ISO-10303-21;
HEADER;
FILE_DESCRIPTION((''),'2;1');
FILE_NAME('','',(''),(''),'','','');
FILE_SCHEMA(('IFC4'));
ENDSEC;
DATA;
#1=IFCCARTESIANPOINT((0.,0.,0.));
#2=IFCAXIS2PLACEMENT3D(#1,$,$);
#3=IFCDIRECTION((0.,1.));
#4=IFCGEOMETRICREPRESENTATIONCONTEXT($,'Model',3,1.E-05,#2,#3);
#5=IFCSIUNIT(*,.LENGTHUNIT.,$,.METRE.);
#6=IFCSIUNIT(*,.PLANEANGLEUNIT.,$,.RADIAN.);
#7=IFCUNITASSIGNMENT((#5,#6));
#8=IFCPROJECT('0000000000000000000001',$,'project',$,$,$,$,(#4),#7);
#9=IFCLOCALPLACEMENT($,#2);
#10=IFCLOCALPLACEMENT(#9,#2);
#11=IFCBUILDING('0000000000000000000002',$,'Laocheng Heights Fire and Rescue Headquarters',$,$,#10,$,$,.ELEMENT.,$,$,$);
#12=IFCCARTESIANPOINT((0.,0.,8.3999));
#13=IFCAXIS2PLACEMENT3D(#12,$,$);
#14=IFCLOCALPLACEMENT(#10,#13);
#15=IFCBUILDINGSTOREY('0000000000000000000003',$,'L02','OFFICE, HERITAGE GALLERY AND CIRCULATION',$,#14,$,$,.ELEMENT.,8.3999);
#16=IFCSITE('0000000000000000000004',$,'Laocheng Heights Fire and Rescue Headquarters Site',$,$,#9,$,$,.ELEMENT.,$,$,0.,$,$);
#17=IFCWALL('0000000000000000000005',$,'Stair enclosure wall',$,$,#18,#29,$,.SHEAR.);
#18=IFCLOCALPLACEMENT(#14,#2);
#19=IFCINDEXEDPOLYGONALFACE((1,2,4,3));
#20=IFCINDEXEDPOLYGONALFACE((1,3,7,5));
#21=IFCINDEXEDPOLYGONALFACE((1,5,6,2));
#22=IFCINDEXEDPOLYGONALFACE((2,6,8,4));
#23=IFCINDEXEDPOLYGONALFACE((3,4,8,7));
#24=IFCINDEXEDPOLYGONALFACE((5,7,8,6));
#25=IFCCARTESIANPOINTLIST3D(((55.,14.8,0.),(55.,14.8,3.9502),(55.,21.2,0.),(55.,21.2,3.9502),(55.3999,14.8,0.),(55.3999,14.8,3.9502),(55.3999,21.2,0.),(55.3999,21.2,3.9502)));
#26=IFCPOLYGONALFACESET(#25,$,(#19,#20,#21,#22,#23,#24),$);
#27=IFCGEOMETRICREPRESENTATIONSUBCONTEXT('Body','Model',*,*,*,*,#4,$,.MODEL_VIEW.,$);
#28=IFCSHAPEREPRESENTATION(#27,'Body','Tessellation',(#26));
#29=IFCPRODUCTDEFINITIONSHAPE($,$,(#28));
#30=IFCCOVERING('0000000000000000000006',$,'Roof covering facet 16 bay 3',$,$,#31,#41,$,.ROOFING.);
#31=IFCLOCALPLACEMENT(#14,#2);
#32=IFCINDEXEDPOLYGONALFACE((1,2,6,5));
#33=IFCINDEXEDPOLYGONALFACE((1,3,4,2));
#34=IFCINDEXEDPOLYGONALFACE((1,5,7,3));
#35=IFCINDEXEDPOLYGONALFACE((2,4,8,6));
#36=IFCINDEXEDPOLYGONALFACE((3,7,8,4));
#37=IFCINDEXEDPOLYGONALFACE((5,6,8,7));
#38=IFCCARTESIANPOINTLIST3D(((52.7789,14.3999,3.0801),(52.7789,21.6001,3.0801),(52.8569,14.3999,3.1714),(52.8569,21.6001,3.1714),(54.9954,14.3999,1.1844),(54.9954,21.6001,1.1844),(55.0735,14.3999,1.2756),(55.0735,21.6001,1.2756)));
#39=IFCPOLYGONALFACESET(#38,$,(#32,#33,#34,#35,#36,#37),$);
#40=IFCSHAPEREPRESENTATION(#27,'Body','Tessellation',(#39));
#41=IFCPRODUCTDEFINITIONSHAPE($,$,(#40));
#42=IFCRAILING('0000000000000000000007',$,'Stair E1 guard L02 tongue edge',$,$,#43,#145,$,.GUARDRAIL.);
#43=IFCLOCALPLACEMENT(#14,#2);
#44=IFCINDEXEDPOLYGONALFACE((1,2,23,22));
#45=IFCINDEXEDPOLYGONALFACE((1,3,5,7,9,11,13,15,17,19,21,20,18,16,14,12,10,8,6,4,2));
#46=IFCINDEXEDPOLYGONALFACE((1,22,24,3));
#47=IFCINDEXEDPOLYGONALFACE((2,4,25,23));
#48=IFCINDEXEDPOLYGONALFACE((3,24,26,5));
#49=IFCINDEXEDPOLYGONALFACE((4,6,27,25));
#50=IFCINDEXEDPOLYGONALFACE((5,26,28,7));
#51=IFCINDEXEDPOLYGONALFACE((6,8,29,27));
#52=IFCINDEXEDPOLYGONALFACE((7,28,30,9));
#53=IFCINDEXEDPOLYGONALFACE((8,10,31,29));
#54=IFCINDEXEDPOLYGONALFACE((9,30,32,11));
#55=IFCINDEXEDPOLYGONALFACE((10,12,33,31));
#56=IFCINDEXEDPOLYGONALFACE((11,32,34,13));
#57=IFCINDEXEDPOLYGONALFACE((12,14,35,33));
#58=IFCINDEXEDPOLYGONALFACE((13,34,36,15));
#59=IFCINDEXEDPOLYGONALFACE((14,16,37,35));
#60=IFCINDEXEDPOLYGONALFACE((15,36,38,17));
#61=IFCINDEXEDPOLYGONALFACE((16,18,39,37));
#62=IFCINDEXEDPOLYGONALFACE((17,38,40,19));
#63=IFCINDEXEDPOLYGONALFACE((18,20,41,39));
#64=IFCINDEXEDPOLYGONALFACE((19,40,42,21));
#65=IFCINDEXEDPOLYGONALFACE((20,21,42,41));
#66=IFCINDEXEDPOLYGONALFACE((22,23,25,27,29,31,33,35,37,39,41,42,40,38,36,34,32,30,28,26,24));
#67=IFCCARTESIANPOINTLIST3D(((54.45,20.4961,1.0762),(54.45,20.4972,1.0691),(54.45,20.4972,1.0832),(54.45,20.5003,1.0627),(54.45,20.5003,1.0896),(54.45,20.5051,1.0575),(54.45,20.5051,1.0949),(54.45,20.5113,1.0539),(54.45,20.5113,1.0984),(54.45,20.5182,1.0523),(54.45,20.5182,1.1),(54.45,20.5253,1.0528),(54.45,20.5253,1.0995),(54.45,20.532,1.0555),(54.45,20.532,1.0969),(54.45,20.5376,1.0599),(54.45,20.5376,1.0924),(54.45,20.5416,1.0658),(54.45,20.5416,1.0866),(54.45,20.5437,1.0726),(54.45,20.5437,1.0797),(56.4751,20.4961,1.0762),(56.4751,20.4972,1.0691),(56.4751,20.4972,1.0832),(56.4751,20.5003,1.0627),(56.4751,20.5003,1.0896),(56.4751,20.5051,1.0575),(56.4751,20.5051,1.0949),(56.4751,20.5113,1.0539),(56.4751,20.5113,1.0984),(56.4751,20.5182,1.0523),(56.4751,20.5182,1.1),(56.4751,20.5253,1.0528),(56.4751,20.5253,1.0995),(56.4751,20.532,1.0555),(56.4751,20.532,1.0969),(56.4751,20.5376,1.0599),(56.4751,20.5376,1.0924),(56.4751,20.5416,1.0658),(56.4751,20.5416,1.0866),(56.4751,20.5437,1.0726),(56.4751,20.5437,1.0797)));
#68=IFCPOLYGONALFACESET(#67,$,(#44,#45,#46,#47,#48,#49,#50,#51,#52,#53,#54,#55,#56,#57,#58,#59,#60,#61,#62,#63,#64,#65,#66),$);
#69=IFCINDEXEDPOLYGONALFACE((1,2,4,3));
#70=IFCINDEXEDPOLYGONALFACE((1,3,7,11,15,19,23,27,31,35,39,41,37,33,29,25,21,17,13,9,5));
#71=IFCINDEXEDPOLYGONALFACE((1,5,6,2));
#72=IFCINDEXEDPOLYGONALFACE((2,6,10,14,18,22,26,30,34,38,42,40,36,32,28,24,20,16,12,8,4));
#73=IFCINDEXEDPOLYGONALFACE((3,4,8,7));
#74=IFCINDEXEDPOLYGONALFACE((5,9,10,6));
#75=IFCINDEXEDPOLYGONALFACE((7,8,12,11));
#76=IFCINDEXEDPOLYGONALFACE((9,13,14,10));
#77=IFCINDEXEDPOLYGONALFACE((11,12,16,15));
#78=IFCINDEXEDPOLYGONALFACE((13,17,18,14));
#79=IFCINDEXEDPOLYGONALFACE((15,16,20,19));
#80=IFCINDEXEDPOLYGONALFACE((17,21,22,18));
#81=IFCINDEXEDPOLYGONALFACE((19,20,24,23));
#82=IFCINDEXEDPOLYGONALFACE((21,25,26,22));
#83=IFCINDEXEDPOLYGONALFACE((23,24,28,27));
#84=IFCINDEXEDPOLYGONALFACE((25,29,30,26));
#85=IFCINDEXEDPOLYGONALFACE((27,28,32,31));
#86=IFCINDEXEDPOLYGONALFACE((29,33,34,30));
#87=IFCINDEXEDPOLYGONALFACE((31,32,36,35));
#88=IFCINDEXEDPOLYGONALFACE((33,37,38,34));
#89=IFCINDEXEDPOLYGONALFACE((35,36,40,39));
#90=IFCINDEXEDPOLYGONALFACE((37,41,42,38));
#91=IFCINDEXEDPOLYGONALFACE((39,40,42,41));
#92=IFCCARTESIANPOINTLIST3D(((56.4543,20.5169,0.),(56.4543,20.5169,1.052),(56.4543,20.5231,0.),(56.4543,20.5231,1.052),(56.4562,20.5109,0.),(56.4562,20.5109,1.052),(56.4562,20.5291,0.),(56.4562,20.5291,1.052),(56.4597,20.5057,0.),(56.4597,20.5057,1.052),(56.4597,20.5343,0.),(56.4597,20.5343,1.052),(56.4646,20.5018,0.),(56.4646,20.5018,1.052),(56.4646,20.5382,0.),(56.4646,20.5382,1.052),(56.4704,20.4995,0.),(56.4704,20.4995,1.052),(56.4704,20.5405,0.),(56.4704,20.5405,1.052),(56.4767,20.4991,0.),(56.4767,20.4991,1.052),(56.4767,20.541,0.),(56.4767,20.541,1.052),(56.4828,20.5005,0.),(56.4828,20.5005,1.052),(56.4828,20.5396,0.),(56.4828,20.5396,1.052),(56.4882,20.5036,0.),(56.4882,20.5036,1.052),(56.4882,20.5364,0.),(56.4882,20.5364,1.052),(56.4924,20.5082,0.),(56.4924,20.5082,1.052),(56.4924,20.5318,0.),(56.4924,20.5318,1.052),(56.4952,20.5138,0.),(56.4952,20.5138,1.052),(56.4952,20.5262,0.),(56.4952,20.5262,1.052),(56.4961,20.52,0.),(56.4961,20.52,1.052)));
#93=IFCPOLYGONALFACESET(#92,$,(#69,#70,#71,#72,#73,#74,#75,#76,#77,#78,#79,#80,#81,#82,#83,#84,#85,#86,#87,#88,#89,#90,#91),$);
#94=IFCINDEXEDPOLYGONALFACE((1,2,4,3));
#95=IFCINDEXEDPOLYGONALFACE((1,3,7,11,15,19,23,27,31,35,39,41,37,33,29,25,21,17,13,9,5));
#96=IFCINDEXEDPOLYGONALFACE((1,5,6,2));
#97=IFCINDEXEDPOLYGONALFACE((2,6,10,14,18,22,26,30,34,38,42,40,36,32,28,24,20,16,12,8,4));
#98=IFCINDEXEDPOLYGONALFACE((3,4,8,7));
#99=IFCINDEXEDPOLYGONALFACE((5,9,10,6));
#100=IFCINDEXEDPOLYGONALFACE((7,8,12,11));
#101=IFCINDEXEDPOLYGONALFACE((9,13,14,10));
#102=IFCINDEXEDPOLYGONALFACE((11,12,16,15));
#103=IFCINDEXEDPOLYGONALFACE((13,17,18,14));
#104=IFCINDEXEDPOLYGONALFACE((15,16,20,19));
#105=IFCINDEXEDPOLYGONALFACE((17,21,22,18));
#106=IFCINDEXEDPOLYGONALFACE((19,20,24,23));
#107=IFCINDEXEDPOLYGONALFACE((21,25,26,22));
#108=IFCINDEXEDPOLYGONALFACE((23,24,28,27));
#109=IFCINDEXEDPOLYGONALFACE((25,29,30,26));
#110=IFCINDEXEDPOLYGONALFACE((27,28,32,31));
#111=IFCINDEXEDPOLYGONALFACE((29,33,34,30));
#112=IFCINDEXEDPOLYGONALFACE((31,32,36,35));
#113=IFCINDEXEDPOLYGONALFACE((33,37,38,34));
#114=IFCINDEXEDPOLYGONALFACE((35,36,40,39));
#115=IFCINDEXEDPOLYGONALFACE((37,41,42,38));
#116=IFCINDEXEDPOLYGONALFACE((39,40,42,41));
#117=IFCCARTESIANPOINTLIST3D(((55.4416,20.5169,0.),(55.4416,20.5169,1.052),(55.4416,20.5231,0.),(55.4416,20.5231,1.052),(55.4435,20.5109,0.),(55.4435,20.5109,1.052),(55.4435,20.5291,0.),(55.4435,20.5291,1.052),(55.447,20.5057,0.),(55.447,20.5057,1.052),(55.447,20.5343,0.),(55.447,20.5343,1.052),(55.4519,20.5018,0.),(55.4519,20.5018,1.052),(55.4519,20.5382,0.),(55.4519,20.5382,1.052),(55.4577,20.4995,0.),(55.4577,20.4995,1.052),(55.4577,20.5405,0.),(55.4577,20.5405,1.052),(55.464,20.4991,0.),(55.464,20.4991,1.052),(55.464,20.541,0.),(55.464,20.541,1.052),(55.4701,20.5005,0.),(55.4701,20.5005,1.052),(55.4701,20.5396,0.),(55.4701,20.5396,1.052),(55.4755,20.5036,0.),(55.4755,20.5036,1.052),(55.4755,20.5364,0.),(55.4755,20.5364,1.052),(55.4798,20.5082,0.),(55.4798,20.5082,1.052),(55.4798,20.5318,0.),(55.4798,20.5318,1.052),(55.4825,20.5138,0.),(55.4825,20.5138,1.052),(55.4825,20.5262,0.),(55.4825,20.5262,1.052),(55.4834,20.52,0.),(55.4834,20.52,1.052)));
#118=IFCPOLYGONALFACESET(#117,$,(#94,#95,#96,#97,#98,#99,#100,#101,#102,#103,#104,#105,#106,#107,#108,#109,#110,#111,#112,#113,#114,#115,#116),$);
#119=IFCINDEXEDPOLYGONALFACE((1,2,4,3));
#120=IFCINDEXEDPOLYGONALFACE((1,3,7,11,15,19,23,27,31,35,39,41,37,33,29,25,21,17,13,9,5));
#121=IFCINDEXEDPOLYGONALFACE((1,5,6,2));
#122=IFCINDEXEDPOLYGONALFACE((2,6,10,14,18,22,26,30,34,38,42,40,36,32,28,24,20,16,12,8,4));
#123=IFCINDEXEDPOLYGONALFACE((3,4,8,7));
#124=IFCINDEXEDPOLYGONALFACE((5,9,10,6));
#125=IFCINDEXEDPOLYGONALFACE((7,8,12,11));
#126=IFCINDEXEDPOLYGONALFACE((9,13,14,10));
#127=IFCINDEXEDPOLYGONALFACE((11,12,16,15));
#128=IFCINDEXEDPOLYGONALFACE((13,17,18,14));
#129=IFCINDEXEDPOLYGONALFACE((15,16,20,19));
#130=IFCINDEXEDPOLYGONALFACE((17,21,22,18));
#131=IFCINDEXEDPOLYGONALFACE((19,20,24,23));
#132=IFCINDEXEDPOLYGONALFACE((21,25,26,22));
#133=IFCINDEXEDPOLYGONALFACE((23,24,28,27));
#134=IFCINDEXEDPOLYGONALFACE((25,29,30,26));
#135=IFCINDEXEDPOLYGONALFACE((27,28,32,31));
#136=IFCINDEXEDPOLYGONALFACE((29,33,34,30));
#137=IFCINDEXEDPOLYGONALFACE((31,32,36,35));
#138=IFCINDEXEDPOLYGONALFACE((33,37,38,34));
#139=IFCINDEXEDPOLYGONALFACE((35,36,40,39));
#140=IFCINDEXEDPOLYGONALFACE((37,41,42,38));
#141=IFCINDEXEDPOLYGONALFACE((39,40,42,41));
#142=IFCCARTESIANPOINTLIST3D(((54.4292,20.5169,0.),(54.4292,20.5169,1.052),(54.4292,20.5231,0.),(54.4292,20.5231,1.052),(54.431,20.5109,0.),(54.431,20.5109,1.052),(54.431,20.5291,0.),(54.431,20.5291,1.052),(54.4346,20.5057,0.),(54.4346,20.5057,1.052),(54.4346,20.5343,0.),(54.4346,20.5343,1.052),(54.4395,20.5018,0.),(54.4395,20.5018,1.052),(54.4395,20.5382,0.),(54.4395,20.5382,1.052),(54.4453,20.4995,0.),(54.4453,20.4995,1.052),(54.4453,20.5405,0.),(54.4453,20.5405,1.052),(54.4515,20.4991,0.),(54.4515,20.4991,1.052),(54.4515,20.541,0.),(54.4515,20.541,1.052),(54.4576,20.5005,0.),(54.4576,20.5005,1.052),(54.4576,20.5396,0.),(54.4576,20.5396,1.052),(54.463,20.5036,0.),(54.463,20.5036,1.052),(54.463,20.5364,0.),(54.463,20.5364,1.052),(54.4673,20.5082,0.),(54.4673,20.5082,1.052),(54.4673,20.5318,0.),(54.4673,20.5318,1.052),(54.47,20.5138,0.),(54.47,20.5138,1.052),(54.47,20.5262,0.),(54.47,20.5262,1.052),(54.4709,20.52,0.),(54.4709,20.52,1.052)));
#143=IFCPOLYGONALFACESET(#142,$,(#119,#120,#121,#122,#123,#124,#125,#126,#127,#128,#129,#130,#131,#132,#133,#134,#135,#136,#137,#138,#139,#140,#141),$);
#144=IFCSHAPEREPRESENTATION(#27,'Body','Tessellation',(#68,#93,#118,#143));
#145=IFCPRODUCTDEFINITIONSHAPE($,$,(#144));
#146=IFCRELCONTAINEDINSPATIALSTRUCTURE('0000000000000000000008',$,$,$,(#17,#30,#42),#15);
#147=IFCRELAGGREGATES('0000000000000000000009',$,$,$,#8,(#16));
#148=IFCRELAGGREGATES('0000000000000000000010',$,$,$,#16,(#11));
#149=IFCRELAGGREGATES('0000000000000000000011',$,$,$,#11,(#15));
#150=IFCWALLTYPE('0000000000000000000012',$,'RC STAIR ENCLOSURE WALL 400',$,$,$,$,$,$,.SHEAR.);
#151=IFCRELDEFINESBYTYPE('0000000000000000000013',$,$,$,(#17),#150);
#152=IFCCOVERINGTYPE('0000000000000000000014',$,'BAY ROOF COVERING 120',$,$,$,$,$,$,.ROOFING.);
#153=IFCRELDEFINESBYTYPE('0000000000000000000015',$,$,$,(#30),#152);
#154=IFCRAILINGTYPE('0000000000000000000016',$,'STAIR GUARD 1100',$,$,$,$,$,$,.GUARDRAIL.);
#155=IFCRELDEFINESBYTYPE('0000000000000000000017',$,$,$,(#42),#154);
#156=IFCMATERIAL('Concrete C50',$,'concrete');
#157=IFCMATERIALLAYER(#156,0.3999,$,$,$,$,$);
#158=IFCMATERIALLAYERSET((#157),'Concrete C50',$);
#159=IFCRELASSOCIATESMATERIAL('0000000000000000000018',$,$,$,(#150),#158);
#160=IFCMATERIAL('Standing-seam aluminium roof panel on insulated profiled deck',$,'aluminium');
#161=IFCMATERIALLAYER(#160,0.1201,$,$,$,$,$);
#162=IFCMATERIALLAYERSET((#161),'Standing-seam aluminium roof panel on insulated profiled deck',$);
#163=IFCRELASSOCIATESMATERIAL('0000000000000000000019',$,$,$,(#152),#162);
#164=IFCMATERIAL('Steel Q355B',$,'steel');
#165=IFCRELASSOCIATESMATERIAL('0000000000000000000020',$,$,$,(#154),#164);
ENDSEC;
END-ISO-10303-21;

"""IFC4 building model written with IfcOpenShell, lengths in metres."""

from ifc_helpers import new_model, si_unit, direction, frame, frame_2d, origin, origin_2d, place, context, subcontext, project, spatial, polyline, rectangle, circle, outline, extrude, material, layer, layer_set, type_object, element, save


model = new_model("IFC4")

# Units and contexts
model_context = context("Model", 3, precision=1e-05, world=origin(), true_north=direction((0.0, 1.0)))
body_context = subcontext(model_context, "Body", "Model", "MODEL_VIEW")
ifc_project = project(units=[si_unit("LENGTHUNIT", "METRE"), si_unit("PLANEANGLEUNIT", "RADIAN")], contexts=[model_context])

# Site, building, storey
site_placement = place(None, origin())
site = spatial("IfcSite", under=ifc_project, at=site_placement, Name="Laocheng Heights Fire and Rescue Headquarters Site", CompositionType="ELEMENT", RefElevation=0.0)
building_placement = place(site_placement, origin())
building = spatial("IfcBuilding", under=site, at=building_placement, Name="Laocheng Heights Fire and Rescue Headquarters", CompositionType="ELEMENT")
storey_placement = place(building_placement, frame((0.0, 0.0, 8.3999)))
storey = spatial("IfcBuildingStorey", under=building, at=storey_placement, Name="L02", Description="OFFICE, HERITAGE GALLERY AND CIRCULATION", CompositionType="ELEMENT", Elevation=8.3999)

# Shared definitions
ifc_material_1 = material(Name="Concrete C50", Category="concrete")
ifc_layer_1 = layer(ifc_material_1, 0.3999)
ifc_layer_set_1 = layer_set([ifc_layer_1], Name="Concrete C50")
wall_type_1 = type_object("IfcWallType", Name="RC STAIR ENCLOSURE WALL 400", PredefinedType="SHEAR", material=ifc_layer_set_1)

# Wall
wall_1_placement = place(storey_placement, frame((55.2, 14.8, 0.0), z_axis=(0.0, 0.0, 1.0), x_axis=(0.0, 1.0, 0.0)))
element("IfcWall", 1, at=wall_1_placement, inside=storey, type_object=wall_type_1, Name="Stair enclosure wall", PredefinedType="SHEAR", context=body_context, shape_type="SweptSolid", body=[
    extrude(rectangle(XDim=6.3999, YDim=0.3999, at=frame_2d((3.2, 0.0))), origin(), (0.0, 0.0, 1.0), 3.9502),
])

# Covering
ifc_material_2 = material(Name="Standing-seam aluminium roof panel on insulated profiled deck", Category="aluminium")
ifc_layer_2 = layer(ifc_material_2, 0.1201)
ifc_layer_set_2 = layer_set([ifc_layer_2], Name="Standing-seam aluminium roof panel on insulated profiled deck")
covering_type = type_object("IfcCoveringType", Name="BAY ROOF COVERING 120", PredefinedType="ROOFING", material=ifc_layer_set_2)
covering_placement = place(storey_placement, frame((52.8569, 14.3999, 3.1714), z_axis=(0.649971, 0.0, 0.759959), x_axis=(0.759959, 0.0, -0.649971)))
element("IfcCovering", 2, at=covering_placement, inside=storey, type_object=covering_type, Name="Roof covering facet 16 bay 3", PredefinedType="ROOFING", context=body_context, shape_type="SweptSolid", body=[
    extrude(outline(polyline([(0.0, 0.0), (2.9167, 0.0), (2.9167, 7.2002), (0.0, 7.2002), (0.0, 0.0)])), origin(), (0.0, 0.0, -1.0), 0.1201),
])

# Railing
ifc_material_3 = material(Name="Steel Q355B", Category="steel")
railing_type = type_object("IfcRailingType", Name="STAIR GUARD 1100", PredefinedType="GUARDRAIL", material=ifc_material_3)
railing_1_placement = place(storey_placement, frame((56.4751, 20.52, 0.0)))
element("IfcRailing", 3, at=railing_1_placement, inside=storey, type_object=railing_type, Name="Stair E1 guard L02 tongue edge", PredefinedType="GUARDRAIL", context=body_context, shape_type="SweptSolid", body=[
    extrude(circle(Radius=0.0239, at=origin_2d()), frame((0.0, 0.0, 1.0762), z_axis=(-1.0, 0.0, 0.0), x_axis=(0.0, -1.0, 0.0)), (0.0, 0.0, 1.0), 2.0251),
    extrude(circle(Radius=0.021, at=origin_2d()), origin(), (0.0, 0.0, 1.0), 1.052),
    extrude(circle(Radius=0.021, at=origin_2d()), frame((-1.0127, 0.0, 0.0)), (0.0, 0.0, 1.0), 1.052),
    extrude(circle(Radius=0.021, at=origin_2d()), frame((-2.0251, 0.0, 0.0)), (0.0, 0.0, 1.0), 1.052),
])

save(model, "model.ifc")
